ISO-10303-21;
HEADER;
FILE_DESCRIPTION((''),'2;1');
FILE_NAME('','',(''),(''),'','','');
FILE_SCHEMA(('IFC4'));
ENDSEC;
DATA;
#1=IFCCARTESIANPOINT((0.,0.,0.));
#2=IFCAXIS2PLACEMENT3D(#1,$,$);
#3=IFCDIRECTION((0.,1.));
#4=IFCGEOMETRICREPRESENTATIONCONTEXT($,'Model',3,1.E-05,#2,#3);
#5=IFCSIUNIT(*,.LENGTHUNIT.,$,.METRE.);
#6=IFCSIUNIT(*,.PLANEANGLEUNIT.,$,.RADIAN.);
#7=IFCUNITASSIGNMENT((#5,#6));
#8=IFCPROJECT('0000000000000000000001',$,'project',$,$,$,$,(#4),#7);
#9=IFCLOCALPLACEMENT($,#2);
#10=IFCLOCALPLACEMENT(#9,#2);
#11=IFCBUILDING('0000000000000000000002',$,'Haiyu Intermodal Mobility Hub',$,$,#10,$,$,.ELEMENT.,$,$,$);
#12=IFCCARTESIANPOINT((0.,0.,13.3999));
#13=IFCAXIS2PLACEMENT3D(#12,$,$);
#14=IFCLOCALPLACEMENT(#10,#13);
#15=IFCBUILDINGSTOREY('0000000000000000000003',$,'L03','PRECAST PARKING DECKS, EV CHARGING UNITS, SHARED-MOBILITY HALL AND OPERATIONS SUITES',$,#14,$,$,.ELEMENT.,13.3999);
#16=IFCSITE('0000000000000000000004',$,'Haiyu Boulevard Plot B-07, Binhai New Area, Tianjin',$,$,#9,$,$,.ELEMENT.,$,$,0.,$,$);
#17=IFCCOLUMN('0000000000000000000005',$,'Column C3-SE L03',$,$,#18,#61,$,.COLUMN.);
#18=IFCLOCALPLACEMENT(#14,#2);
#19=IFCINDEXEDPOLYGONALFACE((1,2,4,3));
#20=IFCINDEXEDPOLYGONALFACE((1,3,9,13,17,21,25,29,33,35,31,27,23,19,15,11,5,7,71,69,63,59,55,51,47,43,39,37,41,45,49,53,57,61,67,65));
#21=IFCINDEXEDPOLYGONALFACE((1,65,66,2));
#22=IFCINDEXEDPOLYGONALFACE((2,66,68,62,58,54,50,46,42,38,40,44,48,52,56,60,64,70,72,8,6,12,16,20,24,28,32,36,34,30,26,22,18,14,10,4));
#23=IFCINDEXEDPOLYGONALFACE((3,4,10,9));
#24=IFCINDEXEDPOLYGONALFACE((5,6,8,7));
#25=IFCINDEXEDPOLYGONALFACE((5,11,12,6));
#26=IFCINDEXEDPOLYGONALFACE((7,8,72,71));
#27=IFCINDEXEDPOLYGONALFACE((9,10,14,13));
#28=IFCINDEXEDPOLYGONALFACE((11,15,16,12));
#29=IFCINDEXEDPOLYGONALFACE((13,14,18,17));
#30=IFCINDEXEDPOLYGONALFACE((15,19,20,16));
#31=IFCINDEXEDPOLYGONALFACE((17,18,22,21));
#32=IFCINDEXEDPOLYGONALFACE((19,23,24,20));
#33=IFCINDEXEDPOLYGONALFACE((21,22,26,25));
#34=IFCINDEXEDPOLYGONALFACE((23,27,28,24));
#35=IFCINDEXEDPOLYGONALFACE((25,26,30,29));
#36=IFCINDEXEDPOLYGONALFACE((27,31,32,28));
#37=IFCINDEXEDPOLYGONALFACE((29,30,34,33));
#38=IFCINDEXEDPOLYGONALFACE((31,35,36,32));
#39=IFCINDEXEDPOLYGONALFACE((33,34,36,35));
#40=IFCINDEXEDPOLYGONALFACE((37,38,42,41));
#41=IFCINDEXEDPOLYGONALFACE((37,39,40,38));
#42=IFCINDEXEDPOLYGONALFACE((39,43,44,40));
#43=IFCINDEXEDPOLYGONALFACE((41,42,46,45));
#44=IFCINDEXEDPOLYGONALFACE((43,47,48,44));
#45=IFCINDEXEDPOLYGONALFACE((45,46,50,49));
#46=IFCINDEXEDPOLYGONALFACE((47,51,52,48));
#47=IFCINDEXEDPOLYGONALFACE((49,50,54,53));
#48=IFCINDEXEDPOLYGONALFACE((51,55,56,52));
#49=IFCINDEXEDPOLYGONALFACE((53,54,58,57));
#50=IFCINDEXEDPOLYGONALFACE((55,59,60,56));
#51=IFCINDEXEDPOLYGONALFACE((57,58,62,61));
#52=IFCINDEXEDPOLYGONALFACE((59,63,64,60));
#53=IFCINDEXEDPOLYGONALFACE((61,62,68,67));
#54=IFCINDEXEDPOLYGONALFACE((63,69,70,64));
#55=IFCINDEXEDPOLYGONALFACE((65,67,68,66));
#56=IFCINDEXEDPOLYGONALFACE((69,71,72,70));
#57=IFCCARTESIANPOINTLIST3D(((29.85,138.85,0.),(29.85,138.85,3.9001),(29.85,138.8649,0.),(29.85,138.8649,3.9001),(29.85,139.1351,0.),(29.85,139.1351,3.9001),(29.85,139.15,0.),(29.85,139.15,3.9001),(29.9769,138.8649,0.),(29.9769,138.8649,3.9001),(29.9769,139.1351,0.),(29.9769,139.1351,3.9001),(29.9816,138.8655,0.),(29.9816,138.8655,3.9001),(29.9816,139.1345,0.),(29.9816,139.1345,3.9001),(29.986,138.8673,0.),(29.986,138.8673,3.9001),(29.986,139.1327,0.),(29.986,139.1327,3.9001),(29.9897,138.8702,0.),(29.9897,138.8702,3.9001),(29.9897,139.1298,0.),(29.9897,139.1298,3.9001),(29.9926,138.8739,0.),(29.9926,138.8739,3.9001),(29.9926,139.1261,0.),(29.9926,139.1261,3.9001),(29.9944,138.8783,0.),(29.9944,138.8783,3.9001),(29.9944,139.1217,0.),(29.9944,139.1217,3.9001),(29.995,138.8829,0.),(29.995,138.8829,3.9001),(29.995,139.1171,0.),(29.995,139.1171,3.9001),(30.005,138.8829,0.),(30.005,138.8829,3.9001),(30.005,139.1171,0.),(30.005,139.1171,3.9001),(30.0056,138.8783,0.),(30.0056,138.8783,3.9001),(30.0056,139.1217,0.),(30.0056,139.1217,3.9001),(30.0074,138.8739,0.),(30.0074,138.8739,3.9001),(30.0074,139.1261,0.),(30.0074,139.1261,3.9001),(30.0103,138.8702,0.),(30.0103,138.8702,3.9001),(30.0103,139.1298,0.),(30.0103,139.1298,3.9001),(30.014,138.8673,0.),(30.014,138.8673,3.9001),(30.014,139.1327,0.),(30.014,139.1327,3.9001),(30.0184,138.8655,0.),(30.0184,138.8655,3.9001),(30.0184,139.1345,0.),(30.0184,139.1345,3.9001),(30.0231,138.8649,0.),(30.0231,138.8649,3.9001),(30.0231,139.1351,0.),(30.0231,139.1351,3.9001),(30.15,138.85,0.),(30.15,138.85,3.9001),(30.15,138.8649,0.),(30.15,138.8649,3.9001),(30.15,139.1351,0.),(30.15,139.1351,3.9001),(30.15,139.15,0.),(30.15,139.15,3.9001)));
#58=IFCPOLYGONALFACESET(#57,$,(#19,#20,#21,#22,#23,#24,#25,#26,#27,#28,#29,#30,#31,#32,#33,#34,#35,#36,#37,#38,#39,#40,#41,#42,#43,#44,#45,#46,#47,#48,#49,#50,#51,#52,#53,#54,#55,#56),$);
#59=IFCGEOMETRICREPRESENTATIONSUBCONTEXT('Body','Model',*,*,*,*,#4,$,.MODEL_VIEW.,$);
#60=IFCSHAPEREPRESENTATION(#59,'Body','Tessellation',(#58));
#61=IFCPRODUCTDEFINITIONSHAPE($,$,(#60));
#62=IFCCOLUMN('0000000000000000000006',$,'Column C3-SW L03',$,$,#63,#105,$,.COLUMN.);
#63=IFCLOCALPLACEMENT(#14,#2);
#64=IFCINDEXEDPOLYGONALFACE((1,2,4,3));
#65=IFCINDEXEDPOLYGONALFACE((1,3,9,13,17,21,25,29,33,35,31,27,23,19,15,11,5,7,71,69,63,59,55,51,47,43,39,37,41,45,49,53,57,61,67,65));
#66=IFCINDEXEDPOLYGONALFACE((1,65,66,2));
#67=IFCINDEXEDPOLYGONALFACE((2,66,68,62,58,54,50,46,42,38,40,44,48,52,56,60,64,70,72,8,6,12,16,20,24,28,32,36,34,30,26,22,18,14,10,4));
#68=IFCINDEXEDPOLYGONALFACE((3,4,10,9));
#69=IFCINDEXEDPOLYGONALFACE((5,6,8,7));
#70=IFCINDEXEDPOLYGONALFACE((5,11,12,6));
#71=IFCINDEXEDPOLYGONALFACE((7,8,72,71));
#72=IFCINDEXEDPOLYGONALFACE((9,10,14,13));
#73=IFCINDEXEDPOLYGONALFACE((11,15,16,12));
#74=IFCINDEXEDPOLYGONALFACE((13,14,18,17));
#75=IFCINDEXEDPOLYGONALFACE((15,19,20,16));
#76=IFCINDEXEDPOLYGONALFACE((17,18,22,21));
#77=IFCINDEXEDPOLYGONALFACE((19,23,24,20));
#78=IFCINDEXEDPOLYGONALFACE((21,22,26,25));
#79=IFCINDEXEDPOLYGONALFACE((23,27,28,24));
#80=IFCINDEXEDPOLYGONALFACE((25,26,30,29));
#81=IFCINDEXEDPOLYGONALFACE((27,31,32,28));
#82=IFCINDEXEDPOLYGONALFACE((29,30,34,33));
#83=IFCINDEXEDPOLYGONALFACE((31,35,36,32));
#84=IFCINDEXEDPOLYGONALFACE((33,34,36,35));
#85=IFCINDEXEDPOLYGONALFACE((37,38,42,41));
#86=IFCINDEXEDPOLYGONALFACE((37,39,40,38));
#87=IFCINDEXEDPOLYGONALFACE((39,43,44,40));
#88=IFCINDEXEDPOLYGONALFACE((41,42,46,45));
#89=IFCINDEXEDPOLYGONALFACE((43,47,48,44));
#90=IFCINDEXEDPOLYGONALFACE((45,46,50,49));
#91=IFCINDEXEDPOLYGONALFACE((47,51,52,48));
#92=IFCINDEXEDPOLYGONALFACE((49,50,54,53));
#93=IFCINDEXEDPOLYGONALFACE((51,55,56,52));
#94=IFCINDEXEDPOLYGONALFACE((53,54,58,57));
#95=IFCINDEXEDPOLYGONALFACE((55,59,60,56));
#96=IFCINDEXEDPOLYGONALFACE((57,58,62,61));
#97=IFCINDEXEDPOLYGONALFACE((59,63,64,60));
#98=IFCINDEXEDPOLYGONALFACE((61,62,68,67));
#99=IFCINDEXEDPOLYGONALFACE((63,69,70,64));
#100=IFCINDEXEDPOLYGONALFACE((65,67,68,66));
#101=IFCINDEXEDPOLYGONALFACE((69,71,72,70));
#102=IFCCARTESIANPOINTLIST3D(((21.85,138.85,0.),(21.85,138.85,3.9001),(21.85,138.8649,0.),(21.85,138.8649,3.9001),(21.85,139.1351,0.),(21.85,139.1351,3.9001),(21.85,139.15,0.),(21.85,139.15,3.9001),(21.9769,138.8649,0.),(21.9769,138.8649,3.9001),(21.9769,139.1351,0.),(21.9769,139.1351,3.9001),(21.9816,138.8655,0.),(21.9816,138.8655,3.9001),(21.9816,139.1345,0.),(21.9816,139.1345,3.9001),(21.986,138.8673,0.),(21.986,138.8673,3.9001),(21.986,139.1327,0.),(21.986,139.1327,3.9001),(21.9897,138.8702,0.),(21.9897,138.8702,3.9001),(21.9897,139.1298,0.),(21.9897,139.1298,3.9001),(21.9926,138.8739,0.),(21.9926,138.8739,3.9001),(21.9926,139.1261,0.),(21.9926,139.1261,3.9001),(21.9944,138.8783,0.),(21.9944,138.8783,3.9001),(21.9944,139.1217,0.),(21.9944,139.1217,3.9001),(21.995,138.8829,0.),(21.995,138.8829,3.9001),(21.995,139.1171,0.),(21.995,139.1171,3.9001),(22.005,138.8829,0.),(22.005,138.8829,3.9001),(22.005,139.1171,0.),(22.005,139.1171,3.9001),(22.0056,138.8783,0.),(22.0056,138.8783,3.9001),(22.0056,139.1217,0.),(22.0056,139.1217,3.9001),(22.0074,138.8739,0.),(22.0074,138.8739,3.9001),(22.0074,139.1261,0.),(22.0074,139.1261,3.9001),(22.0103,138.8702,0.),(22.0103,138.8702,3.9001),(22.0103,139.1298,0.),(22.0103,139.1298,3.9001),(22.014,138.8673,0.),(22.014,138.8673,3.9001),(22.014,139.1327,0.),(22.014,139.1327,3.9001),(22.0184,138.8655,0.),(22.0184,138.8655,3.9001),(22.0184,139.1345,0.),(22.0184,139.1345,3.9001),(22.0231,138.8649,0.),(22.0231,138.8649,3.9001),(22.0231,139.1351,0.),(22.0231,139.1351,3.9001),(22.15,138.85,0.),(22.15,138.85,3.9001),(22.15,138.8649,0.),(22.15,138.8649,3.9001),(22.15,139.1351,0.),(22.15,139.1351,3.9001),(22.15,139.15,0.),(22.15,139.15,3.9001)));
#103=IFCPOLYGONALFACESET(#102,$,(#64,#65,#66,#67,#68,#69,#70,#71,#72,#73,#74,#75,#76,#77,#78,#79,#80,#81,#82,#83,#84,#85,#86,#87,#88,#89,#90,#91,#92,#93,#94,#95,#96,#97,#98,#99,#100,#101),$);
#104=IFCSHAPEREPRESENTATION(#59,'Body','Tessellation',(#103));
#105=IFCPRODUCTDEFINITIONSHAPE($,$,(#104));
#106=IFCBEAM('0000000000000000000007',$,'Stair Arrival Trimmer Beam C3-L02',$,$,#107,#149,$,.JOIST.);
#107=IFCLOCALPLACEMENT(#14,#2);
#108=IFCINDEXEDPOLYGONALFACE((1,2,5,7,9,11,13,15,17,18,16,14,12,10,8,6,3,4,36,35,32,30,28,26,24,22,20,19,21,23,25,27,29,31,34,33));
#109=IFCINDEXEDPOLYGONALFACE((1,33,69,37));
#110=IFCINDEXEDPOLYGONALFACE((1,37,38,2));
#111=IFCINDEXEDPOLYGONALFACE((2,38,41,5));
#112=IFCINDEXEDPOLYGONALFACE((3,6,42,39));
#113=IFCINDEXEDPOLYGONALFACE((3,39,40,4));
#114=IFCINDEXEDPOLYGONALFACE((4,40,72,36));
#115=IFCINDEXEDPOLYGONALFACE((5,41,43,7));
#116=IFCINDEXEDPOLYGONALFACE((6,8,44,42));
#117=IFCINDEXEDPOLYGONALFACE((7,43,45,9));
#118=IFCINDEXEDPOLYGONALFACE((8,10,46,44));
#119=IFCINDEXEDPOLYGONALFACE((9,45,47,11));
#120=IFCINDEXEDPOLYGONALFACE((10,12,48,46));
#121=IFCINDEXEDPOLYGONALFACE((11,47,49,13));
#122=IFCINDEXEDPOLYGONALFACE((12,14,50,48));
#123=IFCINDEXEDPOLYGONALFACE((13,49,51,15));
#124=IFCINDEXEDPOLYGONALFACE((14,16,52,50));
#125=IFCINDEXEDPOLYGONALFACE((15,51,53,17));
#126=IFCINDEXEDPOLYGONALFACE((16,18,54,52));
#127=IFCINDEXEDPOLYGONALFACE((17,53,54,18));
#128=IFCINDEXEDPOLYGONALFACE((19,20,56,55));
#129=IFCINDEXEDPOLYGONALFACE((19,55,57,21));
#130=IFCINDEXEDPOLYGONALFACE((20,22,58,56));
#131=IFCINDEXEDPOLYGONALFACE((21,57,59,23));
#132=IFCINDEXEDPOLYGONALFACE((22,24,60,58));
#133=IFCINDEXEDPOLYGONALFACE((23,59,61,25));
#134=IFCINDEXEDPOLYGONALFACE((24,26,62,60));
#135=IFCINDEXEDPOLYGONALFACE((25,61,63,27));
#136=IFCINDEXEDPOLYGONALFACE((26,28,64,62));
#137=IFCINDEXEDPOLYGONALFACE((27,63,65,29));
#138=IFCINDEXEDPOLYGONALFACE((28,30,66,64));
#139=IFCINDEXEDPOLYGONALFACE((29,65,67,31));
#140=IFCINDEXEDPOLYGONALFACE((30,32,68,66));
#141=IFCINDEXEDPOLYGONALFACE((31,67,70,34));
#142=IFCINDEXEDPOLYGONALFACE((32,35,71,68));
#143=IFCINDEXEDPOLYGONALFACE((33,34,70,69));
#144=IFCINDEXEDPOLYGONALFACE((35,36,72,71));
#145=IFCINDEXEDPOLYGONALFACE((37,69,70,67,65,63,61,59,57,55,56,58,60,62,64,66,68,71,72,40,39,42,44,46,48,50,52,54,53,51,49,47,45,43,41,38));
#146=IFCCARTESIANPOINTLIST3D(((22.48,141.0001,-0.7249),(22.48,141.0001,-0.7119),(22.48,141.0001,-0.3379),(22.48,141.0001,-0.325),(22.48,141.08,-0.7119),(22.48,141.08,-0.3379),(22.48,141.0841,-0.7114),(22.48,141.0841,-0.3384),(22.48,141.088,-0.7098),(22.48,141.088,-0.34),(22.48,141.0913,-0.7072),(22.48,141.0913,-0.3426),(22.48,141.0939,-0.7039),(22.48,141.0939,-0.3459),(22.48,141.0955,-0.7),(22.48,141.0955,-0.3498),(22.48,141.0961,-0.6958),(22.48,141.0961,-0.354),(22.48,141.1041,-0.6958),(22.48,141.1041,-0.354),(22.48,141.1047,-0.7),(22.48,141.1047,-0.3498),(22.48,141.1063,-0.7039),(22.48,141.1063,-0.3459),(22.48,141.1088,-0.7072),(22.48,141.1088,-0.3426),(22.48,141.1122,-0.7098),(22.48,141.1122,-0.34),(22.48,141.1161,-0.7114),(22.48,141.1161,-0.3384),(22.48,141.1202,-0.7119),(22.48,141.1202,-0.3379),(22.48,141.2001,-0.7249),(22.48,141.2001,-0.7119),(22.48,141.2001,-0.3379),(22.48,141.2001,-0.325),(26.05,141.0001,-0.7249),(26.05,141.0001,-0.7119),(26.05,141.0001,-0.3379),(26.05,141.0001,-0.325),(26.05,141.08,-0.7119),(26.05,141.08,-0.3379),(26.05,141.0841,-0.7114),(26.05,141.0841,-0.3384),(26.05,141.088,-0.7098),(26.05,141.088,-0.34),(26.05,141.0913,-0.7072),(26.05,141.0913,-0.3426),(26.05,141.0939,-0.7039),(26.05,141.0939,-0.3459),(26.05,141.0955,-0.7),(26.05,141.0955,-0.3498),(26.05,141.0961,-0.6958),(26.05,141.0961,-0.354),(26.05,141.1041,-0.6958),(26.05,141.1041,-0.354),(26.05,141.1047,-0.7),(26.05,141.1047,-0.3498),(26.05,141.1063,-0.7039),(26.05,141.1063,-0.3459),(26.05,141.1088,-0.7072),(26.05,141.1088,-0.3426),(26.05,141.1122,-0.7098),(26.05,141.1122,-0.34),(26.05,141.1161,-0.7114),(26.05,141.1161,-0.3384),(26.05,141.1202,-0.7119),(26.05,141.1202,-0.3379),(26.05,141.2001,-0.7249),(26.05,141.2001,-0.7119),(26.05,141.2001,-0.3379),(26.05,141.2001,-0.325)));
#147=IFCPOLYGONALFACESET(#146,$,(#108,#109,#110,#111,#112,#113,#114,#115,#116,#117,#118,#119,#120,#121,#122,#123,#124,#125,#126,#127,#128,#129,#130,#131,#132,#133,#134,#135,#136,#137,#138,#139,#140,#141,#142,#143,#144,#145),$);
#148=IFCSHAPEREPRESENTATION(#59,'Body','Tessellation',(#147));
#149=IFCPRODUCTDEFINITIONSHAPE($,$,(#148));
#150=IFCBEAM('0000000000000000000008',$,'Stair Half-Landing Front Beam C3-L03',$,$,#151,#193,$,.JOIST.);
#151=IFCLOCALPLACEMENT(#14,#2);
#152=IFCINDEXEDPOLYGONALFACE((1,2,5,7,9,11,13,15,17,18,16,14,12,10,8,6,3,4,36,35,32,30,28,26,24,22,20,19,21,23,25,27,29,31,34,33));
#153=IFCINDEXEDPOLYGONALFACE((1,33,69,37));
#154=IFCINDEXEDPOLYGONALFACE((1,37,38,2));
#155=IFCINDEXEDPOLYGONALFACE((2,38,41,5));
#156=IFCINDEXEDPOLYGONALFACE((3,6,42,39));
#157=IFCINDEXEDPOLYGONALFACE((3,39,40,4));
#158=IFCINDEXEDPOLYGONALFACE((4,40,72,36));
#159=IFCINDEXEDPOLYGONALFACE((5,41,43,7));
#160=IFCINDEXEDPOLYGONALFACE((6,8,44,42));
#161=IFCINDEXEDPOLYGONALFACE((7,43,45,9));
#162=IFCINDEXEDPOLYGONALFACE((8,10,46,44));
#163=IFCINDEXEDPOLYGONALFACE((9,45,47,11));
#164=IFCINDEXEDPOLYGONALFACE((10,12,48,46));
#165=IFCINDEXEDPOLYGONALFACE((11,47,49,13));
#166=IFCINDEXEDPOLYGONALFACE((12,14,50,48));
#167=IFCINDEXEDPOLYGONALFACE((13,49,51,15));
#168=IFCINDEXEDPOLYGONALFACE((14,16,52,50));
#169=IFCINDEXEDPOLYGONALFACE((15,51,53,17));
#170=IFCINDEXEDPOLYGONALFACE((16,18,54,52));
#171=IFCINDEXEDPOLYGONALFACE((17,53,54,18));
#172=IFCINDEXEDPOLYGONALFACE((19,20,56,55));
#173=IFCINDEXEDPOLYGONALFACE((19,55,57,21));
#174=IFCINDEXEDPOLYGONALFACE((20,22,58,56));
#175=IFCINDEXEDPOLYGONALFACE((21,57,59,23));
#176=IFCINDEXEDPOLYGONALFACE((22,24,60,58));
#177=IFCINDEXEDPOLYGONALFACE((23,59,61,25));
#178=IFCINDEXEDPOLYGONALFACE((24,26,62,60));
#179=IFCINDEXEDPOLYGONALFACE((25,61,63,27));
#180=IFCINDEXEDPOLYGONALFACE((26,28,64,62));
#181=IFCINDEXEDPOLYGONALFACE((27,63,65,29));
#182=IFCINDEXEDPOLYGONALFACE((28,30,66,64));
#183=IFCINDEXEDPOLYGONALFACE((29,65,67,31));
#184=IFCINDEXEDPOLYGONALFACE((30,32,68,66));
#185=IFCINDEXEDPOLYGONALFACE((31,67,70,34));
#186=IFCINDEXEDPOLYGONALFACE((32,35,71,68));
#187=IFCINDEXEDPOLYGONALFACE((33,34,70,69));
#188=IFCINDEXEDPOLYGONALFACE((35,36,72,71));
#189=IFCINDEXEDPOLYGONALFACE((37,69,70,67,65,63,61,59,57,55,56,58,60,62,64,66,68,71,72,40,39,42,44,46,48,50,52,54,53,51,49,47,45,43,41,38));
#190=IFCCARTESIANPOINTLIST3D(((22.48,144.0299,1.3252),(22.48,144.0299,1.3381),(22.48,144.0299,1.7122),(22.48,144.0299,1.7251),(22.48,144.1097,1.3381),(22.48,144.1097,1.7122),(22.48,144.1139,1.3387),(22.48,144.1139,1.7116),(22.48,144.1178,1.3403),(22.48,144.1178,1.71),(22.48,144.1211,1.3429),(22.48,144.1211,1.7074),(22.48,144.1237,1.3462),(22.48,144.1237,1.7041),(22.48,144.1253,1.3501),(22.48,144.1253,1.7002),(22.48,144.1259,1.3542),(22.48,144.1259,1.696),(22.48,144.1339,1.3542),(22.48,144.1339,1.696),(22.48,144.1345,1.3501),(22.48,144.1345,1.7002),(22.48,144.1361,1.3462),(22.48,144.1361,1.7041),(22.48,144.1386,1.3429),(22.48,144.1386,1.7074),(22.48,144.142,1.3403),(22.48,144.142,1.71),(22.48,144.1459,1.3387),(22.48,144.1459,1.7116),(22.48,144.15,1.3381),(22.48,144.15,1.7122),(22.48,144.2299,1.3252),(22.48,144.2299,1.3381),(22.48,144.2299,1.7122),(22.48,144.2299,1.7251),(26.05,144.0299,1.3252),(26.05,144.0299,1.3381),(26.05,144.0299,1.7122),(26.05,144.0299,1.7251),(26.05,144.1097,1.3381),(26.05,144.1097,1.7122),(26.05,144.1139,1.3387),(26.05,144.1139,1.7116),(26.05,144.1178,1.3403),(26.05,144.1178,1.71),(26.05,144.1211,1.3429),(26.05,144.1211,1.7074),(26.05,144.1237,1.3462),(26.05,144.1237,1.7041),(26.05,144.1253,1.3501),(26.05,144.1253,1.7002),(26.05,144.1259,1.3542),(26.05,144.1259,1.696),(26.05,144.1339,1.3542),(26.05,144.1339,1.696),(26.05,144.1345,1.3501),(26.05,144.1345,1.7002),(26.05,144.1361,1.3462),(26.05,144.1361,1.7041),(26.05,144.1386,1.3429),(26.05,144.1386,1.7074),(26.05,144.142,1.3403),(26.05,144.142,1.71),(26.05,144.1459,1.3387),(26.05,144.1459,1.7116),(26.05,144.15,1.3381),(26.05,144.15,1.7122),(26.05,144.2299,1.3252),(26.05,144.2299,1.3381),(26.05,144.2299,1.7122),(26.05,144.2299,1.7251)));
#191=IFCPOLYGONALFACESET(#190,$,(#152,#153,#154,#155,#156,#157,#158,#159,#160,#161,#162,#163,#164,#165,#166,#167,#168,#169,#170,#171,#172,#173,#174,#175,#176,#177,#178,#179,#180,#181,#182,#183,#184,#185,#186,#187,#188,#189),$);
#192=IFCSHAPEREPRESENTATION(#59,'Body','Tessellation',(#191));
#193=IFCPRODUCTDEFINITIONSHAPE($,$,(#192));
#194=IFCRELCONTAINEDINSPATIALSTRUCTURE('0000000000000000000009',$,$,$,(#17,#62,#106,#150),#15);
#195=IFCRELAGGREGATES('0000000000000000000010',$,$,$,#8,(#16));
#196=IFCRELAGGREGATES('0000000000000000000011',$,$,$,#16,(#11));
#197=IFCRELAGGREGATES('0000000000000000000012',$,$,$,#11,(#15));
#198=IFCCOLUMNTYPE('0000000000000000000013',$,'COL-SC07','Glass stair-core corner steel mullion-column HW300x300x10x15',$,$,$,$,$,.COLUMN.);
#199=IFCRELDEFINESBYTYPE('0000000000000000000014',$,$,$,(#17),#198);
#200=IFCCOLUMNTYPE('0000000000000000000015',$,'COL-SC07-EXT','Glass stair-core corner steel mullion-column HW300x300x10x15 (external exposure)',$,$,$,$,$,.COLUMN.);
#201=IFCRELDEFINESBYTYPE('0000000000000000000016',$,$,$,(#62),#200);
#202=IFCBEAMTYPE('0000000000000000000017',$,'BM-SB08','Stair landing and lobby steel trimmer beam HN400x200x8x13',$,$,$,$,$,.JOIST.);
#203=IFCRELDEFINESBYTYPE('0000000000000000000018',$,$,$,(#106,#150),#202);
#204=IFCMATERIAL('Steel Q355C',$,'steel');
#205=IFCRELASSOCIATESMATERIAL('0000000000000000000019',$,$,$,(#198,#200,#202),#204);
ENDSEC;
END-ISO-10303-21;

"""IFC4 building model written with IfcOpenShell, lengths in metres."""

from ifc_helpers import new_model, si_unit, direction, frame, origin, origin_2d, place, context, subcontext, project, spatial, i_section, extrude, material, material_profile, profile_set, type_object, element, save


model = new_model("IFC4")

# Units and contexts
model_context = context("Model", 3, precision=1e-05, world=origin(), true_north=direction((0.0, 1.0)))
body_context = subcontext(model_context, "Body", "Model", "MODEL_VIEW")
ifc_project = project(units=[si_unit("LENGTHUNIT", "METRE"), si_unit("PLANEANGLEUNIT", "RADIAN")], contexts=[model_context])

# Site, building, storey
site_placement = place(None, origin())
site = spatial("IfcSite", under=ifc_project, at=site_placement, Name="Haiyu Boulevard Plot B-07, Binhai New Area, Tianjin", CompositionType="ELEMENT", RefElevation=0.0)
building_placement = place(site_placement, origin())
building = spatial("IfcBuilding", under=site, at=building_placement, Name="Haiyu Intermodal Mobility Hub", CompositionType="ELEMENT")
storey_placement = place(building_placement, frame((0.0, 0.0, 13.3999)))
storey = spatial("IfcBuildingStorey", under=building, at=storey_placement, Name="L03", Description="PRECAST PARKING DECKS, EV CHARGING UNITS, SHARED-MOBILITY HALL AND OPERATIONS SUITES", CompositionType="ELEMENT", Elevation=13.3999)

# Columns
ifc_material_1 = material(Name="Steel Q355C", Category="steel")
ifc_material_profile_1 = material_profile(ifc_material_1, i_section(OverallWidth=0.3, OverallDepth=0.3, WebThickness=0.01, FlangeThickness=0.0149, FilletRadius=0.0181, at=origin_2d()), Name="HW300x300x10x15")
ifc_profile_set_1 = profile_set([ifc_material_profile_1], Name="Steel Q355C")
column_type_1 = type_object("IfcColumnType", Name="COL-SC07", Description="Glass stair-core corner steel mullion-column HW300x300x10x15", PredefinedType="COLUMN", material=ifc_profile_set_1)
column_1_placement = place(storey_placement, frame((30.0, 139.0, 0.0), z_axis=(0.0, 0.0, 1.0), x_axis=(1.0, 0.0, 0.0)))
element("IfcColumn", 1, at=column_1_placement, inside=storey, type_object=column_type_1, Name="Column C3-SE L03", PredefinedType="COLUMN", context=body_context, shape_type="SweptSolid", body=[
    extrude(i_section(OverallWidth=0.3, OverallDepth=0.3, WebThickness=0.01, FlangeThickness=0.0149, FilletRadius=0.0181, at=origin_2d()), origin(), (0.0, 0.0, 1.0), 3.9001),
])
ifc_material_profile_2 = material_profile(ifc_material_1, i_section(OverallWidth=0.3, OverallDepth=0.3, WebThickness=0.01, FlangeThickness=0.0149, FilletRadius=0.0181, at=origin_2d()), Name="HW300x300x10x15")
ifc_profile_set_2 = profile_set([ifc_material_profile_2], Name="Steel Q355C")
column_type_2 = type_object("IfcColumnType", Name="COL-SC07-EXT", Description="Glass stair-core corner steel mullion-column HW300x300x10x15 (external exposure)", PredefinedType="COLUMN", material=ifc_profile_set_2)
column_2_placement = place(storey_placement, frame((22.0, 139.0, 0.0), z_axis=(0.0, 0.0, 1.0), x_axis=(1.0, 0.0, 0.0)))
element("IfcColumn", 2, at=column_2_placement, inside=storey, type_object=column_type_2, Name="Column C3-SW L03", PredefinedType="COLUMN", context=body_context, shape_type="SweptSolid", body=[
    extrude(i_section(OverallWidth=0.3, OverallDepth=0.3, WebThickness=0.01, FlangeThickness=0.0149, FilletRadius=0.0181, at=origin_2d()), origin(), (0.0, 0.0, 1.0), 3.9001),
])

# Beams
ifc_material_profile_3 = material_profile(ifc_material_1, i_section(OverallWidth=0.2, OverallDepth=0.3999, WebThickness=0.0081, FlangeThickness=0.0129, FilletRadius=0.0161, at=origin_2d()), Name="HN400x200x8x13")
ifc_profile_set_3 = profile_set([ifc_material_profile_3], Name="Steel Q355C")
beam_type = type_object("IfcBeamType", Name="BM-SB08", Description="Stair landing and lobby steel trimmer beam HN400x200x8x13", PredefinedType="JOIST", material=ifc_profile_set_3)
for number, where, z_axis, x_axis, name in (
    (3, (22.48, 141.1001, -0.5249), (1.0, 0.0, 0.0), (0.0, 1.0, 0.0), "Stair Arrival Trimmer Beam C3-L02"),
    (4, (22.48, 144.1299, 1.5251), (1.0, 0.0, 0.0), (0.0, 1.0, 0.0), "Stair Half-Landing Front Beam C3-L03"),
):
    element("IfcBeam", number, at=place(storey_placement, frame(where, z_axis=z_axis, x_axis=x_axis)), inside=storey, type_object=beam_type, Name=name, PredefinedType="JOIST", context=body_context, shape_type="SweptSolid", body=[
        extrude(i_section(OverallWidth=0.2, OverallDepth=0.3999, WebThickness=0.0081, FlangeThickness=0.0129, FilletRadius=0.0161, at=origin_2d()), origin(), (0.0, 0.0, 1.0), 3.5701),
    ])

save(model, "model.ifc")
